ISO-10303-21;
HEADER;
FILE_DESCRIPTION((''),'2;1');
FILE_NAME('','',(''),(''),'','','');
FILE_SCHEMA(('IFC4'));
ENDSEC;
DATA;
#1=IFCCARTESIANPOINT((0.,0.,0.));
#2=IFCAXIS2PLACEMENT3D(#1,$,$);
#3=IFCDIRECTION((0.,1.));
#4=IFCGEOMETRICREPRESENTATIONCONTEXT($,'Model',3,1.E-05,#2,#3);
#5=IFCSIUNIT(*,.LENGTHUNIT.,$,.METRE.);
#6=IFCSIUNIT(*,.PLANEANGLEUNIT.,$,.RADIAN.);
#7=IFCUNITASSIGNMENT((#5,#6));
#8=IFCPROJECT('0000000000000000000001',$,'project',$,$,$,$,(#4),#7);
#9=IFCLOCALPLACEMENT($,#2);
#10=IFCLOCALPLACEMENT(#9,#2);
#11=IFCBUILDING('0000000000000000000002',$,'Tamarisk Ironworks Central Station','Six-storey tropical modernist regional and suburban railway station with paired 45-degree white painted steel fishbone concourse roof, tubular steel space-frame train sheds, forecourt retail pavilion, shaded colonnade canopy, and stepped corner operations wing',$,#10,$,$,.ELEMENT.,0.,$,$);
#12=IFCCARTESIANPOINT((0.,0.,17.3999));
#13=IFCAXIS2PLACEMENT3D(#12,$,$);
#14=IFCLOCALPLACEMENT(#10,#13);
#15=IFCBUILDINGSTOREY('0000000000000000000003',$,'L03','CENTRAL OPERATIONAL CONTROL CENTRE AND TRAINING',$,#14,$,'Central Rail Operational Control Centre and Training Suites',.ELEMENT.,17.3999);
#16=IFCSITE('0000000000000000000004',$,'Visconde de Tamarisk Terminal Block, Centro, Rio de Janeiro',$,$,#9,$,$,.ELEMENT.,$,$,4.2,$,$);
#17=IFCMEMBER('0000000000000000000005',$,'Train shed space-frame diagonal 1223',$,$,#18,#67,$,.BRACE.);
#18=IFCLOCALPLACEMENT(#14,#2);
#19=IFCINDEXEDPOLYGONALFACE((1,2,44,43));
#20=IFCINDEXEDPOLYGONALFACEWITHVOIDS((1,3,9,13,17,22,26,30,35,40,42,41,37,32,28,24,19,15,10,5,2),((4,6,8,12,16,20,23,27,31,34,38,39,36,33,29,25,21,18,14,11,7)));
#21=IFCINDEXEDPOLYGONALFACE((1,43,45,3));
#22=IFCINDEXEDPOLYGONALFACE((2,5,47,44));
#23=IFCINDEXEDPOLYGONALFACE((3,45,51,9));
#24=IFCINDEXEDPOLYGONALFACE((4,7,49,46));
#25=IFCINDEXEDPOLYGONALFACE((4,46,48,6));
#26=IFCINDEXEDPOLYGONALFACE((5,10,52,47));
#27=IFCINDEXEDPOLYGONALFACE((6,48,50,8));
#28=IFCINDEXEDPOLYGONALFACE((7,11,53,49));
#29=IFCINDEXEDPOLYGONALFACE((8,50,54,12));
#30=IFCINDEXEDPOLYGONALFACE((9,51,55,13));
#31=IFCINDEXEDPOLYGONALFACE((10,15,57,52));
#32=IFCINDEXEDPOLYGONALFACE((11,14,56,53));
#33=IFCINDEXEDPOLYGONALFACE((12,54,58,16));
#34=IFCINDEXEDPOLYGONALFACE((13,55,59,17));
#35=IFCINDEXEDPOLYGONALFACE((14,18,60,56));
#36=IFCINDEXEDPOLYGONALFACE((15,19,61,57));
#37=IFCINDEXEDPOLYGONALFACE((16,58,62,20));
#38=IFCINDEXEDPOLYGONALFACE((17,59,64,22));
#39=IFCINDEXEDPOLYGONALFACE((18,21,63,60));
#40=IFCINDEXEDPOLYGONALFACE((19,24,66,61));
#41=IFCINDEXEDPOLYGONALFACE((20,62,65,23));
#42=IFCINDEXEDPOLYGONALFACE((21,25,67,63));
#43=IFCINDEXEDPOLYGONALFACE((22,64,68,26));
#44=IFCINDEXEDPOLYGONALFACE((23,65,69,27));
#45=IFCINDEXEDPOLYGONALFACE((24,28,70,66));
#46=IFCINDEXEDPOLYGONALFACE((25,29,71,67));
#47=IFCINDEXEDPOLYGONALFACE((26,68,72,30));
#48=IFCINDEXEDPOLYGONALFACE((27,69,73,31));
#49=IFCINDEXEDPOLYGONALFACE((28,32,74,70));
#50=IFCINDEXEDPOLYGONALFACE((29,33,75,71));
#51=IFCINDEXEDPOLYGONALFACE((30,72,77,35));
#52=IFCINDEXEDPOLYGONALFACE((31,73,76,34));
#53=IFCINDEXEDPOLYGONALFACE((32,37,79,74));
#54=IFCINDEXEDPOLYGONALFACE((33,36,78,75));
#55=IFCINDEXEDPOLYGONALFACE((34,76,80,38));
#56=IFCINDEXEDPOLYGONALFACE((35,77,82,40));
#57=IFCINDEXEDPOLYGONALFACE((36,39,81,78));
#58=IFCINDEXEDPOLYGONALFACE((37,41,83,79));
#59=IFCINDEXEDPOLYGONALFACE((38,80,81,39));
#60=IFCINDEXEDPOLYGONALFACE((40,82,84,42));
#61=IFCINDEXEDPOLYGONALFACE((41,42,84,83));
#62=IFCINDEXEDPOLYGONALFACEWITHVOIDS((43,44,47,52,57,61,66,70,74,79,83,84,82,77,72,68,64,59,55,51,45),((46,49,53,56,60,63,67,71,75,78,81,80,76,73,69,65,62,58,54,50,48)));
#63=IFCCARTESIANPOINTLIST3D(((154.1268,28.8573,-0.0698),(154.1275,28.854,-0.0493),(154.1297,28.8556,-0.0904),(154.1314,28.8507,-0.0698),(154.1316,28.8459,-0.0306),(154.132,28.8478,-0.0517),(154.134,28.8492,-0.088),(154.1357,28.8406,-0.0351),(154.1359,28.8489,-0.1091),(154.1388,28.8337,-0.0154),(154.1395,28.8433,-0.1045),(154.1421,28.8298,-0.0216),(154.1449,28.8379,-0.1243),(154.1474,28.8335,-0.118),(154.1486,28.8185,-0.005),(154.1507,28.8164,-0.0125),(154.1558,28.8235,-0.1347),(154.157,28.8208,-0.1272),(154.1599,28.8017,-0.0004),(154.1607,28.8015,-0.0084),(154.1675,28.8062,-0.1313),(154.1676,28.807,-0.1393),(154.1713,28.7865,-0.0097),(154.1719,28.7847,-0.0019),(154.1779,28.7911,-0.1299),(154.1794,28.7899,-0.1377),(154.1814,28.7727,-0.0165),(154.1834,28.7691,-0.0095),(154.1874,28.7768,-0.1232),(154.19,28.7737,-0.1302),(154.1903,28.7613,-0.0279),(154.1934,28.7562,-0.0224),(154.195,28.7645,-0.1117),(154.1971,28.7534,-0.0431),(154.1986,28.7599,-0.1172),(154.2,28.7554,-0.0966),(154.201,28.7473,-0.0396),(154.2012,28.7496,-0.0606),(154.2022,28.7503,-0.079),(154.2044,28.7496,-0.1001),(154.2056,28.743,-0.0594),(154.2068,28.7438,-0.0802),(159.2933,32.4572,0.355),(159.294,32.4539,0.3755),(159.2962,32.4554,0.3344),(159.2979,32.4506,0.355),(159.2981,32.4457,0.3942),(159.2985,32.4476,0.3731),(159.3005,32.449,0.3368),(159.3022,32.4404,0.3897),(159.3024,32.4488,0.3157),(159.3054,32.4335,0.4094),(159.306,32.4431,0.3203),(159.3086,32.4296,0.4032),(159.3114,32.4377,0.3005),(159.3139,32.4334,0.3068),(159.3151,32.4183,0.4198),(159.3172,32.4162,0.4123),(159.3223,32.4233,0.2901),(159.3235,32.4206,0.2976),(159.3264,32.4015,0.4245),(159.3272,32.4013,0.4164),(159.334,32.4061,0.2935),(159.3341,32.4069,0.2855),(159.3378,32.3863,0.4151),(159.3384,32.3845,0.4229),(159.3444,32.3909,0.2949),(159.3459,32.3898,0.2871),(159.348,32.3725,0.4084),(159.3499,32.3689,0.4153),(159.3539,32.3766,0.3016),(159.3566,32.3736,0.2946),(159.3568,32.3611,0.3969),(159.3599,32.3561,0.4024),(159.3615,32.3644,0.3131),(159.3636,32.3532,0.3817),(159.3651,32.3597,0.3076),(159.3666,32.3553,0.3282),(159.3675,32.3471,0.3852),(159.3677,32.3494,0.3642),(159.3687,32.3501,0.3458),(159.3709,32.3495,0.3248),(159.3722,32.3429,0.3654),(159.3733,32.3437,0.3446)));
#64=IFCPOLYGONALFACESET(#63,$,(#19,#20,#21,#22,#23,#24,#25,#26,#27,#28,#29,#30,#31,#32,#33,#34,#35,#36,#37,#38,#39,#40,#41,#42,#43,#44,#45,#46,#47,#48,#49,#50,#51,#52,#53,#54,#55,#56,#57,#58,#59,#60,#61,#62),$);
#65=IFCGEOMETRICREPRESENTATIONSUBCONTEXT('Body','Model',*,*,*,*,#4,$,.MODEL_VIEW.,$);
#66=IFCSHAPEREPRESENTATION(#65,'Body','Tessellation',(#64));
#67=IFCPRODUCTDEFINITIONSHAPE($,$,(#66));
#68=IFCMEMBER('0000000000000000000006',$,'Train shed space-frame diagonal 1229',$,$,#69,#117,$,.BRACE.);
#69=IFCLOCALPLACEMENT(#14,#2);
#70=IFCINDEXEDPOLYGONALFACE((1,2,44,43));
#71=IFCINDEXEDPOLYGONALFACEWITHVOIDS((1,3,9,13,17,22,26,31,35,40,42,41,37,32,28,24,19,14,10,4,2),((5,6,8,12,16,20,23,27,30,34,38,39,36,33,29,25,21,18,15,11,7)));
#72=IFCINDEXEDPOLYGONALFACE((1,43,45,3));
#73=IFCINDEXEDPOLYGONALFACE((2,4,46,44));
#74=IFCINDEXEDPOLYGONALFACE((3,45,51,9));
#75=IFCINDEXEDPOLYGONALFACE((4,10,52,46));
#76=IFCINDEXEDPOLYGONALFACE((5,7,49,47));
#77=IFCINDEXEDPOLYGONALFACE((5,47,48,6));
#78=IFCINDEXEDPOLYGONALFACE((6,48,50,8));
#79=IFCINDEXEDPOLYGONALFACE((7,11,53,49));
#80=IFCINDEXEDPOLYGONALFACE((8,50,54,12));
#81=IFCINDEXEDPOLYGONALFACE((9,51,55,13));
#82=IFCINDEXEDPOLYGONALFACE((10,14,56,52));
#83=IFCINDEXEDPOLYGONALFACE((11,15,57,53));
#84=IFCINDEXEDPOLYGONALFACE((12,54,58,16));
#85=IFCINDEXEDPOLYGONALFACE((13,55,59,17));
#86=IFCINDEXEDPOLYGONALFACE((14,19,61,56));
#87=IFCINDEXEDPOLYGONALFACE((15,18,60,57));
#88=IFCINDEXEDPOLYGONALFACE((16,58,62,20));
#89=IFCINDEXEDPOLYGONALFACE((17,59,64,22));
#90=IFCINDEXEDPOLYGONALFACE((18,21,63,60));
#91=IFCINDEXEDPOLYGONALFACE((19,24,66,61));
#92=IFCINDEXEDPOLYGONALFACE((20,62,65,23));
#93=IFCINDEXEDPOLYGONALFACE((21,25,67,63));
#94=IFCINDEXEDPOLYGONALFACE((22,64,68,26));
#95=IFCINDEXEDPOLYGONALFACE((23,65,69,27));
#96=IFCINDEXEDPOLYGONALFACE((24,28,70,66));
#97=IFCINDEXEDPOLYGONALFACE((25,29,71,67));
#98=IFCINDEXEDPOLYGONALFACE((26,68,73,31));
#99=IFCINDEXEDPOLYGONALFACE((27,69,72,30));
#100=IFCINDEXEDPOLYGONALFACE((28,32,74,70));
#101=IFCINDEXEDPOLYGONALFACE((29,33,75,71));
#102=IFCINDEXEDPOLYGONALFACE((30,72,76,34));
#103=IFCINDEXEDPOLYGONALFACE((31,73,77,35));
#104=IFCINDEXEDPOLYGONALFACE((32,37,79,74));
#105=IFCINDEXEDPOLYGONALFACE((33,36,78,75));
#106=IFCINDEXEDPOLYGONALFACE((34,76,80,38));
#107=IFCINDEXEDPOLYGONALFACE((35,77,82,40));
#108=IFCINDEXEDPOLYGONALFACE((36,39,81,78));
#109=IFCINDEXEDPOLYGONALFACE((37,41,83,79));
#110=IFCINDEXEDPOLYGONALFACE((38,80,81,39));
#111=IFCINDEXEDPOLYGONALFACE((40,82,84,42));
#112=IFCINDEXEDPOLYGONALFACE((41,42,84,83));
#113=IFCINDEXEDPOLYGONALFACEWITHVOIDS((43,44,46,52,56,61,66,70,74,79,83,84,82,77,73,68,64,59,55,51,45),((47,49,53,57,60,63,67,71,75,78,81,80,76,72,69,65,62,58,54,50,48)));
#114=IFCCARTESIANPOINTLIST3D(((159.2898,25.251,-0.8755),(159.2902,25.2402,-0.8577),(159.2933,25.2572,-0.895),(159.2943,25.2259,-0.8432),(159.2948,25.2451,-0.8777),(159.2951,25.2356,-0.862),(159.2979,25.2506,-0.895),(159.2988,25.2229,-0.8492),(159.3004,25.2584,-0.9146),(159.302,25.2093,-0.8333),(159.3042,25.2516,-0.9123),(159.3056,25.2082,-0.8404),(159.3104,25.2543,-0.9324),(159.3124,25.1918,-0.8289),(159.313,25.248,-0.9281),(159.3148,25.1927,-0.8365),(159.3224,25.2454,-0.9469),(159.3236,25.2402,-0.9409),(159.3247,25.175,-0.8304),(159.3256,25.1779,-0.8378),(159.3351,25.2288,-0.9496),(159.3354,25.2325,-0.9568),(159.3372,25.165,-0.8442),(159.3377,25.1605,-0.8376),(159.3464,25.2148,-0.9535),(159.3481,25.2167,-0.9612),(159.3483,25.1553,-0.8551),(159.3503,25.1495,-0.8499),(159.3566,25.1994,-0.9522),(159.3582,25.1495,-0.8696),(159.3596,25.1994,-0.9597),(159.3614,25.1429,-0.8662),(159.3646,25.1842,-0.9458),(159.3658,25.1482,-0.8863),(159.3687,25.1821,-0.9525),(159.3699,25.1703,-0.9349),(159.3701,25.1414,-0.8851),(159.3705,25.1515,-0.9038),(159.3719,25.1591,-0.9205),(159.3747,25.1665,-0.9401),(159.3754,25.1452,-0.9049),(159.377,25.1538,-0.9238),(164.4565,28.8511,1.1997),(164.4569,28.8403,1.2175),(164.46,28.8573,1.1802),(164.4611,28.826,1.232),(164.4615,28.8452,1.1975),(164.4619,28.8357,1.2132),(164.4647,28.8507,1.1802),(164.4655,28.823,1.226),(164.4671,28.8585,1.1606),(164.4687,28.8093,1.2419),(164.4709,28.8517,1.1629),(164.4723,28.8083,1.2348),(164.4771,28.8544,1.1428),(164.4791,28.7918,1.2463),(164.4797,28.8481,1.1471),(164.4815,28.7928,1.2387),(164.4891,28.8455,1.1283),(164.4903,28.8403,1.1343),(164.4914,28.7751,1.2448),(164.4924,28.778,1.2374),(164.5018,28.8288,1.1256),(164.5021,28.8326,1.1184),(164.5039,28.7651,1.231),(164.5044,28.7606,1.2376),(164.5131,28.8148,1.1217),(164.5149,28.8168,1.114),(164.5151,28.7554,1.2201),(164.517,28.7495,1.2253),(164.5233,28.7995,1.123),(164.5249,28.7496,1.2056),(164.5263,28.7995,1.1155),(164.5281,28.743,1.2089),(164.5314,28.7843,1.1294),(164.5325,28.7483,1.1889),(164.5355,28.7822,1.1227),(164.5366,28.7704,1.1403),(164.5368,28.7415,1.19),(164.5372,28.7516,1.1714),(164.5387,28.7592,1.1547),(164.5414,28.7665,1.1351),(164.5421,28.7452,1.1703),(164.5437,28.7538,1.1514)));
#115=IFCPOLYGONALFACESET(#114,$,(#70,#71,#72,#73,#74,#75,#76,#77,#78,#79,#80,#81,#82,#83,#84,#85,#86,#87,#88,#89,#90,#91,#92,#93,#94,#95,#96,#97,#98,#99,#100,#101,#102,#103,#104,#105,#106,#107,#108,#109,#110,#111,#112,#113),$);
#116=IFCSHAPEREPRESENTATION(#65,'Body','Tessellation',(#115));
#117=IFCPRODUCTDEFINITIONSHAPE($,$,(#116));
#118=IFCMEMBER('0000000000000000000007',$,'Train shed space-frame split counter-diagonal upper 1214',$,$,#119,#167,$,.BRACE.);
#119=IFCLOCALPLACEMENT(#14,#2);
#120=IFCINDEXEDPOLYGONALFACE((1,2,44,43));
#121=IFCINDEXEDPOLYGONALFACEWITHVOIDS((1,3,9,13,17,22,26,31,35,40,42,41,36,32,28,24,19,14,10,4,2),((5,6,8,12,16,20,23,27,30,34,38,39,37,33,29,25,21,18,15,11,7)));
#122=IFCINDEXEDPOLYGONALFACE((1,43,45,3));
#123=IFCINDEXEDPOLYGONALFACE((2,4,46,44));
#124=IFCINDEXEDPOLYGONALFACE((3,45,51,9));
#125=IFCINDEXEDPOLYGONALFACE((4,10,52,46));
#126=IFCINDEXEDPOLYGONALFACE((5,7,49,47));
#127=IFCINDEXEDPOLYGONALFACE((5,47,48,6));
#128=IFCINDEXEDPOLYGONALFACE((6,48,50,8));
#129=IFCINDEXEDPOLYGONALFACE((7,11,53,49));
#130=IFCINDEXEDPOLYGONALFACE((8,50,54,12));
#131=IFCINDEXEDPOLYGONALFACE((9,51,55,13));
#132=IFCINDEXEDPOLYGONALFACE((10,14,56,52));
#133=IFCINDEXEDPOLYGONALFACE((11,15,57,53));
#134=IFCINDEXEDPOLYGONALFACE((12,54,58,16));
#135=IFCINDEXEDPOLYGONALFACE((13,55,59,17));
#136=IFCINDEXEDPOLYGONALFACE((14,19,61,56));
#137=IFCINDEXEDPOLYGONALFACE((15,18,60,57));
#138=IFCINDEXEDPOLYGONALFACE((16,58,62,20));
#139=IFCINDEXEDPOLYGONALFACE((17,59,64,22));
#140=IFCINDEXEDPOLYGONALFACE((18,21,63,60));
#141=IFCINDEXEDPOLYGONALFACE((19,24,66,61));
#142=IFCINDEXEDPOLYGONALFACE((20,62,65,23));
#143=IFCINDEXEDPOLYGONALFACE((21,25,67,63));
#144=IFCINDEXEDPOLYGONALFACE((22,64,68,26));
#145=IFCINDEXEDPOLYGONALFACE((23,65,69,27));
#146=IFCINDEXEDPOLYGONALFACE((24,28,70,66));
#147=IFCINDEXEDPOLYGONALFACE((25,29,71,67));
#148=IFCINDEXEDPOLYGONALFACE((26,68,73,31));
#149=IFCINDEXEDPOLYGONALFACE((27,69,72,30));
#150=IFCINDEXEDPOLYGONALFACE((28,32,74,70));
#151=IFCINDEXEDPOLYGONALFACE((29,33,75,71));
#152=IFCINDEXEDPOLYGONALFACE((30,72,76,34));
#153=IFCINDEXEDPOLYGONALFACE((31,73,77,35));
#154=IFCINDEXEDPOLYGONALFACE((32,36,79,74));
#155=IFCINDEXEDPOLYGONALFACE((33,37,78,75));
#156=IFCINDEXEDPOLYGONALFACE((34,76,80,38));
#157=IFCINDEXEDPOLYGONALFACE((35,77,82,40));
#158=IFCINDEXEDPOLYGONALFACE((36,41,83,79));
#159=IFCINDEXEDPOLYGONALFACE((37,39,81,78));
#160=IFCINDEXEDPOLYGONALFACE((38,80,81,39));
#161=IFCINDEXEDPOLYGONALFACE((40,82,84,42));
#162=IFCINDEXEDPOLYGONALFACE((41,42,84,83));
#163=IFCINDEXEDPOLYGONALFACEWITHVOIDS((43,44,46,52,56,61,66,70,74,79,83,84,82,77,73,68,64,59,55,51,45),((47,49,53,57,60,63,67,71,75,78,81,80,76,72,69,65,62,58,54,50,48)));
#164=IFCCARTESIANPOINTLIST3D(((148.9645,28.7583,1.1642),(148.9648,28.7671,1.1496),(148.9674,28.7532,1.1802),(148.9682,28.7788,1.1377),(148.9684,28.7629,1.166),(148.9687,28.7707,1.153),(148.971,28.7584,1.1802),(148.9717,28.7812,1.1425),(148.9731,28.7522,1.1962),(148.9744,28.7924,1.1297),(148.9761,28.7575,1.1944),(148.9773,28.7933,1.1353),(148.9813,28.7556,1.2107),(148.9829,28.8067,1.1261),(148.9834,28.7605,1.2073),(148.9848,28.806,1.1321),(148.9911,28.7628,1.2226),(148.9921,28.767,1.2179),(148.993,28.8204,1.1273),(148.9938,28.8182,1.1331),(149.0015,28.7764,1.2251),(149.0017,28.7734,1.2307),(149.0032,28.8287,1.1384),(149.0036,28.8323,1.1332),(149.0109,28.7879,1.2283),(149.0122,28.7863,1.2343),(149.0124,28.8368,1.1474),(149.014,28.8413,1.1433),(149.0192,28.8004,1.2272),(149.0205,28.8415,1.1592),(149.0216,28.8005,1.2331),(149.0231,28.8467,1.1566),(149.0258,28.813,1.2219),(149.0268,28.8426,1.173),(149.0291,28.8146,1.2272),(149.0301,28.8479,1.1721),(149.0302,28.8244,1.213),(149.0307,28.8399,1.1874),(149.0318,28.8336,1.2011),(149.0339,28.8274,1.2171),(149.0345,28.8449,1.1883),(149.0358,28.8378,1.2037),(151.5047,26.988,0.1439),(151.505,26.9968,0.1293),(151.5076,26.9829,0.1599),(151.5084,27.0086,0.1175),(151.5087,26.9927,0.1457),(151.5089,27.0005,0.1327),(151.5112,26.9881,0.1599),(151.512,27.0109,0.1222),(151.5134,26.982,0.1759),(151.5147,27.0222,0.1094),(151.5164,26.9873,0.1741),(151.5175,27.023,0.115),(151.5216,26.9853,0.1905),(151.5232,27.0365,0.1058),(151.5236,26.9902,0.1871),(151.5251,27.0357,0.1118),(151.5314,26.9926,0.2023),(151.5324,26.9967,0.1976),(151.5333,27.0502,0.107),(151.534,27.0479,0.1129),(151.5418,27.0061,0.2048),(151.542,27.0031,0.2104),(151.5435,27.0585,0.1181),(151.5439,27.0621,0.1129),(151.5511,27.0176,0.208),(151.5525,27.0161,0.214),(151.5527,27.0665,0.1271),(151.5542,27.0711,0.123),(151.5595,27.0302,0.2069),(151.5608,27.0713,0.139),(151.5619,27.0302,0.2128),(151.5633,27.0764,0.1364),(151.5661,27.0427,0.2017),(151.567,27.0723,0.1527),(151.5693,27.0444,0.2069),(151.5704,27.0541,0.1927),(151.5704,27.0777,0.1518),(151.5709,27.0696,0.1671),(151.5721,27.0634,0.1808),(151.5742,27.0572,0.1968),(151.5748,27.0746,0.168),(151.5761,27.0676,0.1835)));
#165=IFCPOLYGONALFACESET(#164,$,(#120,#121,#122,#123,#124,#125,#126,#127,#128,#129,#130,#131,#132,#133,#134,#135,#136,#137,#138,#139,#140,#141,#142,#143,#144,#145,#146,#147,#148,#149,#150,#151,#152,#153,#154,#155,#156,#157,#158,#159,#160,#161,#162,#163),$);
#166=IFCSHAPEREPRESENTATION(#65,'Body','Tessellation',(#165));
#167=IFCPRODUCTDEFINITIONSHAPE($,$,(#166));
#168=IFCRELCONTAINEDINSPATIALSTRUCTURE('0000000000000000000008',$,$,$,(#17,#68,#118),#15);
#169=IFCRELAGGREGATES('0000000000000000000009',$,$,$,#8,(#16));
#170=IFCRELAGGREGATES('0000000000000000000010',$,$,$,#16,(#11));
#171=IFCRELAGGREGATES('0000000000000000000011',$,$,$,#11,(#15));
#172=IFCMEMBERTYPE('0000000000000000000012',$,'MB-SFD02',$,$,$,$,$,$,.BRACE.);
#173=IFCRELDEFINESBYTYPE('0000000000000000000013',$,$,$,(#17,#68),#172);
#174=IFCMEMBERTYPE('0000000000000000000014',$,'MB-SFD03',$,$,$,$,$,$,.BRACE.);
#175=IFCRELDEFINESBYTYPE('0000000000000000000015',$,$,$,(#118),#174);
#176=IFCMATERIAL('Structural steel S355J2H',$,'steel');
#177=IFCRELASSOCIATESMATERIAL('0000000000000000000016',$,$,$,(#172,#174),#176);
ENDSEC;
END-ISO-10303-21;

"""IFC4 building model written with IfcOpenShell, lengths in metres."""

from ifc_helpers import new_model, si_unit, direction, frame, origin, origin_2d, place, context, subcontext, project, spatial, hollow_circle, extrude, material, material_profile, profile_set, type_object, element, save


model = new_model("IFC4")

# Units and contexts
model_context = context("Model", 3, precision=1e-05, world=origin(), true_north=direction((0.0, 1.0)))
body_context = subcontext(model_context, "Body", "Model", "MODEL_VIEW")
ifc_project = project(units=[si_unit("LENGTHUNIT", "METRE"), si_unit("PLANEANGLEUNIT", "RADIAN")], contexts=[model_context])

# Site, building, storey
site_placement = place(None, origin())
site = spatial("IfcSite", under=ifc_project, at=site_placement, Name="Visconde de Tamarisk Terminal Block, Centro, Rio de Janeiro", CompositionType="ELEMENT", RefElevation=4.2)
building_placement = place(site_placement, origin())
building = spatial("IfcBuilding", under=site, at=building_placement, Name="Tamarisk Ironworks Central Station", Description="Six-storey tropical modernist regional and suburban railway station with paired 45-degree white painted steel fishbone concourse roof, tubular steel space-frame train sheds, forecourt retail pavilion, shaded colonnade canopy, and stepped corner operations wing", CompositionType="ELEMENT", ElevationOfRefHeight=0.0)
storey_placement = place(building_placement, frame((0.0, 0.0, 17.3999)))
storey = spatial("IfcBuildingStorey", under=building, at=storey_placement, Name="L03", Description="CENTRAL OPERATIONAL CONTROL CENTRE AND TRAINING", LongName="Central Rail Operational Control Centre and Training Suites", CompositionType="ELEMENT", Elevation=17.3999)

# Members
ifc_material = material(Name="Structural steel S355J2H", Category="steel")
ifc_material_profile_1 = material_profile(ifc_material, hollow_circle(Radius=0.0698, WallThickness=0.0081, at=origin_2d()), Name="CHS 139.7x8")
ifc_profile_set_1 = profile_set([ifc_material_profile_1], Name="Structural steel S355J2H")
member_type_1 = type_object("IfcMemberType", Name="MB-SFD02", PredefinedType="BRACE", material=ifc_profile_set_1)
member_1_placement = place(storey_placement, frame((154.1667, 28.8, -0.0698), z_axis=(0.818615, 0.570385, 0.067309), x_axis=(-0.571681, 0.820476, 0.0)))
element("IfcMember", 1, at=member_1_placement, inside=storey, type_object=member_type_1, Name="Train shed space-frame diagonal 1223", PredefinedType="BRACE", context=body_context, shape_type="SweptSolid", body=[
    extrude(hollow_circle(Radius=0.0698, WallThickness=0.0081, at=origin_2d()), origin(), (0.0, 0.0, 1.0), 6.3113),
])
member_2_placement = place(storey_placement, frame((159.3333, 25.2, -0.895), z_axis=(0.779249, 0.542967, 0.312981), x_axis=(-0.571689, 0.82047, 0.0)))
element("IfcMember", 2, at=member_2_placement, inside=storey, type_object=member_type_1, Name="Train shed space-frame diagonal 1229", PredefinedType="BRACE", context=body_context, shape_type="SweptSolid", body=[
    extrude(hollow_circle(Radius=0.0698, WallThickness=0.0081, at=origin_2d()), origin(), (0.0, 0.0, 1.0), 6.6304),
])
ifc_material_profile_2 = material_profile(ifc_material, hollow_circle(Radius=0.0571, WallThickness=0.0063, at=origin_2d()), Name="CHS 114.3x6.3")
ifc_profile_set_2 = profile_set([ifc_material_profile_2], Name="Structural steel S355J2H")
member_type_2 = type_object("IfcMemberType", Name="MB-SFD03", PredefinedType="BRACE", material=ifc_profile_set_2)
member_3_placement = place(storey_placement, frame((151.5403, 27.0298, 0.1599), z_axis=(-0.77922, 0.54302, 0.312961), x_axis=(-0.571741, -0.820434, 0.0)))
element("IfcMember", 3, at=member_3_placement, inside=storey, type_object=member_type_2, Name="Train shed space-frame split counter-diagonal upper 1214", PredefinedType="BRACE", context=body_context, shape_type="SweptSolid", body=[
    extrude(hollow_circle(Radius=0.0571, WallThickness=0.0063, at=origin_2d()), origin(), (0.0, 0.0, 1.0), 3.26),
])

save(model, "model.ifc")
